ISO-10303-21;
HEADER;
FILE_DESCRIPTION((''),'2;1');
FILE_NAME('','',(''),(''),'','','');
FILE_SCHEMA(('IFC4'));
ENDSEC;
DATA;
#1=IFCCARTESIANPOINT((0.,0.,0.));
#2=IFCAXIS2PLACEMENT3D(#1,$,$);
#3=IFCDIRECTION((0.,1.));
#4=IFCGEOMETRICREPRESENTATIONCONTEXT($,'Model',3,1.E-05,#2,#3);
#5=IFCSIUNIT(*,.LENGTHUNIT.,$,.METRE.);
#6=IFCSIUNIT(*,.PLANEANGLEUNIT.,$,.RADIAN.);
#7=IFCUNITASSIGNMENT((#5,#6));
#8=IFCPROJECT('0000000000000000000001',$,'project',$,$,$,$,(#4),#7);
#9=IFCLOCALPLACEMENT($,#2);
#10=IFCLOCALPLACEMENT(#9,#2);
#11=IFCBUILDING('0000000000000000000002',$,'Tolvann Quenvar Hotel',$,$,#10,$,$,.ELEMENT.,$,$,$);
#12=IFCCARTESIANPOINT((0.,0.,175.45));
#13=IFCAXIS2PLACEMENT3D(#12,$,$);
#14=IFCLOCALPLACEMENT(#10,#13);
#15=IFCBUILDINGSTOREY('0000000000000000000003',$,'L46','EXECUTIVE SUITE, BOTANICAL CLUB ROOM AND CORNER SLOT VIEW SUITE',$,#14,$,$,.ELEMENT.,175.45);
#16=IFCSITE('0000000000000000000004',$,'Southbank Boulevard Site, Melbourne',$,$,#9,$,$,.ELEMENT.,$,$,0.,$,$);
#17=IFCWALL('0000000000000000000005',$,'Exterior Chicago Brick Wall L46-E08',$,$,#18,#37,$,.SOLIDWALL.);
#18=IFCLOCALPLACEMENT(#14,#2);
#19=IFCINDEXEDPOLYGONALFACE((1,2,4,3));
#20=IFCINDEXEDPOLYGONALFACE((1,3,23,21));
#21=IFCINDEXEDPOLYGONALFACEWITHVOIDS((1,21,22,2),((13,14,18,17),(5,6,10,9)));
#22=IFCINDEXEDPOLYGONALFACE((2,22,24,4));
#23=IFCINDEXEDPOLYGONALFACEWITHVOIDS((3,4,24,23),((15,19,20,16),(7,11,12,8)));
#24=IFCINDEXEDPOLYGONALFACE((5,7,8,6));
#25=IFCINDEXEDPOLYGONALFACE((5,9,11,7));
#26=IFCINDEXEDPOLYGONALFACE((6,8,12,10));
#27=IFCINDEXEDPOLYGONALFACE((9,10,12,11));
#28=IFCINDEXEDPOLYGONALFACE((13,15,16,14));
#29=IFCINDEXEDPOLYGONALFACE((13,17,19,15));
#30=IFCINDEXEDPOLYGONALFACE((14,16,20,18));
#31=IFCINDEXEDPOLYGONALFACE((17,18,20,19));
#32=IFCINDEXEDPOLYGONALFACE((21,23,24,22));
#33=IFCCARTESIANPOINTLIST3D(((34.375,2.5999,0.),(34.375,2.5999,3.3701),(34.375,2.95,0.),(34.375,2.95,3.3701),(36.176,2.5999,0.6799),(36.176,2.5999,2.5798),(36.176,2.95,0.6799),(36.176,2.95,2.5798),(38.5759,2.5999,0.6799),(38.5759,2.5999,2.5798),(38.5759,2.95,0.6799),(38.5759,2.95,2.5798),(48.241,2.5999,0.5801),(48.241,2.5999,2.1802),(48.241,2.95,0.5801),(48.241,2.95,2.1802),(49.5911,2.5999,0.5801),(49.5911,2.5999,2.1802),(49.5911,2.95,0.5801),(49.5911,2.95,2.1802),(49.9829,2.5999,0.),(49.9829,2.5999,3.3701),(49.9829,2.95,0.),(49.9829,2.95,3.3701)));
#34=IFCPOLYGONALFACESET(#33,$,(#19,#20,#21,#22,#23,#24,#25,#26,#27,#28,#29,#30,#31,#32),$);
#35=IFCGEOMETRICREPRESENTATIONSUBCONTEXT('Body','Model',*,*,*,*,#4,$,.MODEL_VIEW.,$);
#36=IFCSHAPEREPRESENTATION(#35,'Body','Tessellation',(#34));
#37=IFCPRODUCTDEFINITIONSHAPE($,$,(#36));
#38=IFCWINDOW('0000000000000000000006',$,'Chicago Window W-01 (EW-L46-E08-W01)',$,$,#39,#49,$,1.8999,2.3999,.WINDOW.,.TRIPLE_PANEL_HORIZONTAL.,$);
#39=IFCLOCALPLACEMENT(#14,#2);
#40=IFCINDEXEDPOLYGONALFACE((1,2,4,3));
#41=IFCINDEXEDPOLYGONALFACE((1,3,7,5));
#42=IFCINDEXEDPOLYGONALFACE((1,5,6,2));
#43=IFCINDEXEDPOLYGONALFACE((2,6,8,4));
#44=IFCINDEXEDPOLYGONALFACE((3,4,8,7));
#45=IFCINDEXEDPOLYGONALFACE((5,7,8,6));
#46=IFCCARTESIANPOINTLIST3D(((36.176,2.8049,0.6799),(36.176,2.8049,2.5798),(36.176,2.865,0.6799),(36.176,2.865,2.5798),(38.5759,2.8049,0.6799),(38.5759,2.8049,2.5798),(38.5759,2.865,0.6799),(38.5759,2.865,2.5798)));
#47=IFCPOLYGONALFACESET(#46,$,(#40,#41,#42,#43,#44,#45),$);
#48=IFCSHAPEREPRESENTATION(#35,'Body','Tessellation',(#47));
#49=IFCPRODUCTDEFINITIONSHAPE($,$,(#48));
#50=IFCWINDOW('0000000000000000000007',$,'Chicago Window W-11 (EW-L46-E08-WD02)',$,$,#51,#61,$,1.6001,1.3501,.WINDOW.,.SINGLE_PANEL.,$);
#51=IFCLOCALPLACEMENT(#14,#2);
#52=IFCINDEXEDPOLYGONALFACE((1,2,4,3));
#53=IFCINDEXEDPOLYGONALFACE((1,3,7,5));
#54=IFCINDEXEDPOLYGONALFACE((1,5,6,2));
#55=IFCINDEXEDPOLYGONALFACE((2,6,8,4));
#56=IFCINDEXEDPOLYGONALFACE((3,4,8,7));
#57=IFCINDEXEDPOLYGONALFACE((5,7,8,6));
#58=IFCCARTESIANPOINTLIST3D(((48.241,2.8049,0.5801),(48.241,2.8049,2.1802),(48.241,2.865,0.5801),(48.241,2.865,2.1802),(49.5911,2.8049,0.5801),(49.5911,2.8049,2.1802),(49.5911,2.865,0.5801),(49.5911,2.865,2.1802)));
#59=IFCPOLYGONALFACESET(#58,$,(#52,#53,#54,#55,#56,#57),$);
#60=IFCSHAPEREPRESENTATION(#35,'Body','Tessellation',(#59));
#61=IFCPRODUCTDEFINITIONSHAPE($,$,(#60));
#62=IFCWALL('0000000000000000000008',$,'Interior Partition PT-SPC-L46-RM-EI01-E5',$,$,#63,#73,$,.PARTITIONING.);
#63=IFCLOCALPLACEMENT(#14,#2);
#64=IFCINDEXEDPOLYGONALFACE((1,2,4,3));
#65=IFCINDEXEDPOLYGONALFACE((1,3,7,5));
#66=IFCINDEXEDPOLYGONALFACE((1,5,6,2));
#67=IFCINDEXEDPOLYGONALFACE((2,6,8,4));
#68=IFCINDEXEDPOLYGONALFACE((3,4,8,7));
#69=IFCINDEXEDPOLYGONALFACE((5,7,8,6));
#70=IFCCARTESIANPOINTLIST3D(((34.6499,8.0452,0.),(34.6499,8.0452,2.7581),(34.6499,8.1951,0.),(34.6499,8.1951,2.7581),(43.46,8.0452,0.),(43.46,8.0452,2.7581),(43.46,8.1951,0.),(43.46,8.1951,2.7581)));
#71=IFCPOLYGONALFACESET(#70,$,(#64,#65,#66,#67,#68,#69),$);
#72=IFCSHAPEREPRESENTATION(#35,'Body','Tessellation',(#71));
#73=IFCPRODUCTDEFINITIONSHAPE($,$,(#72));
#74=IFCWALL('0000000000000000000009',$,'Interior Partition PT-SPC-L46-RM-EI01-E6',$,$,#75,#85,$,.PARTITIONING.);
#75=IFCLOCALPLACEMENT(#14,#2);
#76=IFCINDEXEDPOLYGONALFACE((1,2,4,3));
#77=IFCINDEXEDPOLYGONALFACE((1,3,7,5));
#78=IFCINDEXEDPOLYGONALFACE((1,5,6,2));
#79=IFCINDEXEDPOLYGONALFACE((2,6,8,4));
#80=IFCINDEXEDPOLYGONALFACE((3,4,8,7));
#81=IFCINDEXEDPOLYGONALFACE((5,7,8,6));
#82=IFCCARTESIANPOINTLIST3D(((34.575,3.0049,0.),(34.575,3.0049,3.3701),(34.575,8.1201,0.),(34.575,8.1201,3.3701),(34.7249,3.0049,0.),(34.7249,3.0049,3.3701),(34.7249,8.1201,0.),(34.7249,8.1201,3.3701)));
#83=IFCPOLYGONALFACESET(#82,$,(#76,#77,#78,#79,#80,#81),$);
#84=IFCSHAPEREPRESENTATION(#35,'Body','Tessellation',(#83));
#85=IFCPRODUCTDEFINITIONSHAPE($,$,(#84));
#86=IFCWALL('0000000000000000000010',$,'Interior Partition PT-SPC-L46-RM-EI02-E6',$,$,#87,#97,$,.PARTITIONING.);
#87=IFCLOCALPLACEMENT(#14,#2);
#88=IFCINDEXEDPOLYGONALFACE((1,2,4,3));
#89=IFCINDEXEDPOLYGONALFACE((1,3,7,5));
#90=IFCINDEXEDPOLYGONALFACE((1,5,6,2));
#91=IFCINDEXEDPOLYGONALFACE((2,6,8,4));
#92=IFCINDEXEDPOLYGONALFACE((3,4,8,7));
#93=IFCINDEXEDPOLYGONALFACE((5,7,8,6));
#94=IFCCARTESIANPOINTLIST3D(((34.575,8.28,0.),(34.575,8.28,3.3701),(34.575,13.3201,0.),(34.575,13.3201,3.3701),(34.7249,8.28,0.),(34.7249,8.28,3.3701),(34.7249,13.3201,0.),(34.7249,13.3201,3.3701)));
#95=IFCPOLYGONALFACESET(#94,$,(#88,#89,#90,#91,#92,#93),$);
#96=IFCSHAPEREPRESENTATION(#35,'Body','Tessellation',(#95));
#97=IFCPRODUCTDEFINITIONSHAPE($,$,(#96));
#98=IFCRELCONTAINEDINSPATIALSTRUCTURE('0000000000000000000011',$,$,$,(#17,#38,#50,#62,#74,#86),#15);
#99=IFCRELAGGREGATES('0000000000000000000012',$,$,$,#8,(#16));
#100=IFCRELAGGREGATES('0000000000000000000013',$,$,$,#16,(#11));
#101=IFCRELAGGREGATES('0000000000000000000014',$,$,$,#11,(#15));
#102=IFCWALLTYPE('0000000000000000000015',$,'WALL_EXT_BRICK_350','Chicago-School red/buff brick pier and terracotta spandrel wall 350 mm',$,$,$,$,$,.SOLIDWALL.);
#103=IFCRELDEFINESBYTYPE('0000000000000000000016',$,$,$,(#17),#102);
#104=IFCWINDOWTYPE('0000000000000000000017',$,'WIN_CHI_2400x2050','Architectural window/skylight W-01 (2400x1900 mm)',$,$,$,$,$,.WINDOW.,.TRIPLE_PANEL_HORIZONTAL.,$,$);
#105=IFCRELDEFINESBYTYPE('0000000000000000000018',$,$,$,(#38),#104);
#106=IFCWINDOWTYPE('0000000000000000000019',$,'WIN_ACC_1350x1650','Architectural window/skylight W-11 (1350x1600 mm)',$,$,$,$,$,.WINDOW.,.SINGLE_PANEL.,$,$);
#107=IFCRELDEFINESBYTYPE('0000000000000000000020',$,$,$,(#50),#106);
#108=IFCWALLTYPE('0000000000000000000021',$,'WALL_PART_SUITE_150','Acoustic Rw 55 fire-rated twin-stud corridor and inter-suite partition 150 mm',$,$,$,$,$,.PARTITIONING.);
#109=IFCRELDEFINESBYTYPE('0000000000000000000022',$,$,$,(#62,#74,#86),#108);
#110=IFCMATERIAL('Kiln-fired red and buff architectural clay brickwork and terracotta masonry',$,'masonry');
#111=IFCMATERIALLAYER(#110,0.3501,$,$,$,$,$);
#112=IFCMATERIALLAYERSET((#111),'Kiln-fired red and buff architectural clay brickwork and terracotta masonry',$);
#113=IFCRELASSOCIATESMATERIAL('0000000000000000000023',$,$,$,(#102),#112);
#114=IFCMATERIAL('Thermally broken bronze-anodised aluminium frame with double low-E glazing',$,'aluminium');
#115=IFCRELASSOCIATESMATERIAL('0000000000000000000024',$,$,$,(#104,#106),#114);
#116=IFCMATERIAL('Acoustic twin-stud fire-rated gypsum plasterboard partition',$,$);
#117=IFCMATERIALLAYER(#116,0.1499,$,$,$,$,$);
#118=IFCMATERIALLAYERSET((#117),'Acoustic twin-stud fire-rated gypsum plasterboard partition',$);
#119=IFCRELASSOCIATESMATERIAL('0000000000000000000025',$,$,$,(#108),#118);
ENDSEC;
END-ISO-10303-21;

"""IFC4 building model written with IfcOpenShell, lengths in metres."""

from ifc_helpers import new_model, si_unit, direction, frame, frame_2d, origin, place, context, subcontext, project, spatial, rectangle, extrude, source, transform, mapped, material, layer, layer_set, type_object, type_shapes, element, fill, save


model = new_model("IFC4")

# Units and contexts
model_context = context("Model", 3, precision=1e-05, world=origin(), true_north=direction((0.0, 1.0)))
body_context = subcontext(model_context, "Body", "Model", "MODEL_VIEW")
ifc_project = project(units=[si_unit("LENGTHUNIT", "METRE"), si_unit("PLANEANGLEUNIT", "RADIAN")], contexts=[model_context])

# Site, building, storey
site_placement = place(None, origin())
site = spatial("IfcSite", under=ifc_project, at=site_placement, Name="Southbank Boulevard Site, Melbourne", CompositionType="ELEMENT", RefElevation=0.0)
building_placement = place(site_placement, origin())
building = spatial("IfcBuilding", under=site, at=building_placement, Name="Tolvann Quenvar Hotel", CompositionType="ELEMENT")
storey_placement = place(building_placement, frame((0.0, 0.0, 175.45)))
storey = spatial("IfcBuildingStorey", under=building, at=storey_placement, Name="L46", Description="EXECUTIVE SUITE, BOTANICAL CLUB ROOM AND CORNER SLOT VIEW SUITE", CompositionType="ELEMENT", Elevation=175.45)

# Wall, openings, windows
ifc_material_1 = material(Name="Kiln-fired red and buff architectural clay brickwork and terracotta masonry", Category="masonry")
ifc_layer_1 = layer(ifc_material_1, 0.3501)
ifc_layer_set_1 = layer_set([ifc_layer_1], Name="Kiln-fired red and buff architectural clay brickwork and terracotta masonry")
wall_type_1 = type_object("IfcWallType", Name="WALL_EXT_BRICK_350", Description="Chicago-School red/buff brick pier and terracotta spandrel wall 350 mm", PredefinedType="SOLIDWALL", material=ifc_layer_set_1)
wall_1_placement = place(storey_placement, frame((34.375, 2.7749, 0.0), z_axis=(0.0, 0.0, 1.0), x_axis=(1.0, 0.0, 0.0)))
wall_1 = element("IfcWall", 1, at=wall_1_placement, inside=storey, type_object=wall_type_1, Name="Exterior Chicago Brick Wall L46-E08", PredefinedType="SOLIDWALL", context=body_context, shape_type="SweptSolid", body=[
    extrude(rectangle(XDim=15.6079, YDim=0.3501, at=frame_2d((7.804, 0.0))), origin(), (0.0, 0.0, 1.0), 3.3701),
])
opening_1_placement = place(wall_1_placement, frame((1.801, 0.0, 0.6799)))
opening_1 = element("IfcOpeningElement", 2, at=opening_1_placement, cuts=wall_1, PredefinedType="OPENING", context=body_context, shape_type="SweptSolid", body=[
    extrude(rectangle(XDim=2.3999, YDim=1.8999, at=frame_2d((1.2, 0.95))), frame((0.0, 0.1851, 0.0), z_axis=(0.0, -1.0, 0.0), x_axis=(1.0, 0.0, 0.0)), (0.0, 0.0, 1.0), 0.3701),
])
opening_2_placement = place(wall_1_placement, frame((13.866, 0.0, 0.5801)))
opening_2 = element("IfcOpeningElement", 3, at=opening_2_placement, cuts=wall_1, PredefinedType="OPENING", context=body_context, shape_type="SweptSolid", body=[
    extrude(rectangle(XDim=1.3501, YDim=1.6001, at=frame_2d((0.675, 0.8))), frame((0.0, 0.1851, 0.0), z_axis=(0.0, -1.0, 0.0), x_axis=(1.0, 0.0, 0.0)), (0.0, 0.0, 1.0), 0.3701),
])
ifc_material_2 = material(Name="Thermally broken bronze-anodised aluminium frame with double low-E glazing", Category="aluminium")
window_type_1 = type_object("IfcWindowType", Name="WIN_CHI_2400x2050", Description="Architectural window/skylight W-01 (2400x1900 mm)", PartitioningType="TRIPLE_PANEL_HORIZONTAL", PredefinedType="WINDOW", material=ifc_material_2)
shared_shape_1 = source(origin(), body_context, "Body", "SweptSolid", [
    extrude(rectangle(XDim=2.3999, YDim=1.8999, at=frame_2d((1.2, 0.95))), frame((0.0, 0.0901, 0.0), z_axis=(0.0, -1.0, 0.0), x_axis=(1.0, 0.0, 0.0)), (0.0, 0.0, 1.0), 0.0601),
])
type_shapes(window_type_1, [shared_shape_1])
window_1_placement = place(opening_1_placement, origin())
window_1 = element("IfcWindow", 4, at=window_1_placement, inside=storey, type_object=window_type_1, Name="Chicago Window W-01 (EW-L46-E08-W01)", OverallHeight=1.8999, OverallWidth=2.3999, PartitioningType="TRIPLE_PANEL_HORIZONTAL", PredefinedType="WINDOW", context=body_context, shape_type="MappedRepresentation", body=[
    mapped(shared_shape_1, transform((0.0, 0.0, 0.0), x_axis=(1.0, 0.0, 0.0), y_axis=(0.0, 1.0, 0.0), z_axis=(0.0, 0.0, 1.0), scale=1.0)),
])
fill(opening_1, window_1)
window_type_2 = type_object("IfcWindowType", Name="WIN_ACC_1350x1650", Description="Architectural window/skylight W-11 (1350x1600 mm)", PartitioningType="SINGLE_PANEL", PredefinedType="WINDOW", material=ifc_material_2)
shared_shape_2 = source(origin(), body_context, "Body", "SweptSolid", [
    extrude(rectangle(XDim=1.3501, YDim=1.6001, at=frame_2d((0.675, 0.8))), frame((0.0, 0.0901, 0.0), z_axis=(0.0, -1.0, 0.0), x_axis=(1.0, 0.0, 0.0)), (0.0, 0.0, 1.0), 0.0601),
])
type_shapes(window_type_2, [shared_shape_2])
window_2_placement = place(opening_2_placement, origin())
window_2 = element("IfcWindow", 5, at=window_2_placement, inside=storey, type_object=window_type_2, Name="Chicago Window W-11 (EW-L46-E08-WD02)", OverallHeight=1.6001, OverallWidth=1.3501, PartitioningType="SINGLE_PANEL", PredefinedType="WINDOW", context=body_context, shape_type="MappedRepresentation", body=[
    mapped(shared_shape_2, transform((0.0, 0.0, 0.0), x_axis=(1.0, 0.0, 0.0), y_axis=(0.0, 1.0, 0.0), z_axis=(0.0, 0.0, 1.0), scale=1.0)),
])
fill(opening_2, window_2)

# Walls
ifc_material_3 = material(Name="Acoustic twin-stud fire-rated gypsum plasterboard partition")
ifc_layer_2 = layer(ifc_material_3, 0.1499)
ifc_layer_set_2 = layer_set([ifc_layer_2], Name="Acoustic twin-stud fire-rated gypsum plasterboard partition")
wall_type_2 = type_object("IfcWallType", Name="WALL_PART_SUITE_150", Description="Acoustic Rw 55 fire-rated twin-stud corridor and inter-suite partition 150 mm", PredefinedType="PARTITIONING", material=ifc_layer_set_2)
wall_2_placement = place(storey_placement, frame((34.6499, 8.1201, 0.0), z_axis=(0.0, 0.0, 1.0), x_axis=(1.0, 0.0, 0.0)))
element("IfcWall", 6, at=wall_2_placement, inside=storey, type_object=wall_type_2, Name="Interior Partition PT-SPC-L46-RM-EI01-E5", PredefinedType="PARTITIONING", context=body_context, shape_type="SweptSolid", body=[
    extrude(rectangle(XDim=8.8101, YDim=0.1499, at=frame_2d((4.405, 0.0))), origin(), (0.0, 0.0, 1.0), 2.7581),
])
wall_3_placement = place(storey_placement, frame((34.6499, 3.0049, 0.0), z_axis=(0.0, 0.0, 1.0), x_axis=(0.0, 1.0, 0.0)))
element("IfcWall", 7, at=wall_3_placement, inside=storey, type_object=wall_type_2, Name="Interior Partition PT-SPC-L46-RM-EI01-E6", PredefinedType="PARTITIONING", context=body_context, shape_type="SweptSolid", body=[
    extrude(rectangle(XDim=5.1152, YDim=0.1499, at=frame_2d((2.5576, 0.0))), origin(), (0.0, 0.0, 1.0), 3.3701),
])
wall_4_placement = place(storey_placement, frame((34.6499, 8.28, 0.0), z_axis=(0.0, 0.0, 1.0), x_axis=(0.0, 1.0, 0.0)))
element("IfcWall", 8, at=wall_4_placement, inside=storey, type_object=wall_type_2, Name="Interior Partition PT-SPC-L46-RM-EI02-E6", PredefinedType="PARTITIONING", context=body_context, shape_type="SweptSolid", body=[
    extrude(rectangle(XDim=5.04, YDim=0.1499, at=frame_2d((2.52, 0.0))), origin(), (0.0, 0.0, 1.0), 3.3701),
])

save(model, "model.ifc")
